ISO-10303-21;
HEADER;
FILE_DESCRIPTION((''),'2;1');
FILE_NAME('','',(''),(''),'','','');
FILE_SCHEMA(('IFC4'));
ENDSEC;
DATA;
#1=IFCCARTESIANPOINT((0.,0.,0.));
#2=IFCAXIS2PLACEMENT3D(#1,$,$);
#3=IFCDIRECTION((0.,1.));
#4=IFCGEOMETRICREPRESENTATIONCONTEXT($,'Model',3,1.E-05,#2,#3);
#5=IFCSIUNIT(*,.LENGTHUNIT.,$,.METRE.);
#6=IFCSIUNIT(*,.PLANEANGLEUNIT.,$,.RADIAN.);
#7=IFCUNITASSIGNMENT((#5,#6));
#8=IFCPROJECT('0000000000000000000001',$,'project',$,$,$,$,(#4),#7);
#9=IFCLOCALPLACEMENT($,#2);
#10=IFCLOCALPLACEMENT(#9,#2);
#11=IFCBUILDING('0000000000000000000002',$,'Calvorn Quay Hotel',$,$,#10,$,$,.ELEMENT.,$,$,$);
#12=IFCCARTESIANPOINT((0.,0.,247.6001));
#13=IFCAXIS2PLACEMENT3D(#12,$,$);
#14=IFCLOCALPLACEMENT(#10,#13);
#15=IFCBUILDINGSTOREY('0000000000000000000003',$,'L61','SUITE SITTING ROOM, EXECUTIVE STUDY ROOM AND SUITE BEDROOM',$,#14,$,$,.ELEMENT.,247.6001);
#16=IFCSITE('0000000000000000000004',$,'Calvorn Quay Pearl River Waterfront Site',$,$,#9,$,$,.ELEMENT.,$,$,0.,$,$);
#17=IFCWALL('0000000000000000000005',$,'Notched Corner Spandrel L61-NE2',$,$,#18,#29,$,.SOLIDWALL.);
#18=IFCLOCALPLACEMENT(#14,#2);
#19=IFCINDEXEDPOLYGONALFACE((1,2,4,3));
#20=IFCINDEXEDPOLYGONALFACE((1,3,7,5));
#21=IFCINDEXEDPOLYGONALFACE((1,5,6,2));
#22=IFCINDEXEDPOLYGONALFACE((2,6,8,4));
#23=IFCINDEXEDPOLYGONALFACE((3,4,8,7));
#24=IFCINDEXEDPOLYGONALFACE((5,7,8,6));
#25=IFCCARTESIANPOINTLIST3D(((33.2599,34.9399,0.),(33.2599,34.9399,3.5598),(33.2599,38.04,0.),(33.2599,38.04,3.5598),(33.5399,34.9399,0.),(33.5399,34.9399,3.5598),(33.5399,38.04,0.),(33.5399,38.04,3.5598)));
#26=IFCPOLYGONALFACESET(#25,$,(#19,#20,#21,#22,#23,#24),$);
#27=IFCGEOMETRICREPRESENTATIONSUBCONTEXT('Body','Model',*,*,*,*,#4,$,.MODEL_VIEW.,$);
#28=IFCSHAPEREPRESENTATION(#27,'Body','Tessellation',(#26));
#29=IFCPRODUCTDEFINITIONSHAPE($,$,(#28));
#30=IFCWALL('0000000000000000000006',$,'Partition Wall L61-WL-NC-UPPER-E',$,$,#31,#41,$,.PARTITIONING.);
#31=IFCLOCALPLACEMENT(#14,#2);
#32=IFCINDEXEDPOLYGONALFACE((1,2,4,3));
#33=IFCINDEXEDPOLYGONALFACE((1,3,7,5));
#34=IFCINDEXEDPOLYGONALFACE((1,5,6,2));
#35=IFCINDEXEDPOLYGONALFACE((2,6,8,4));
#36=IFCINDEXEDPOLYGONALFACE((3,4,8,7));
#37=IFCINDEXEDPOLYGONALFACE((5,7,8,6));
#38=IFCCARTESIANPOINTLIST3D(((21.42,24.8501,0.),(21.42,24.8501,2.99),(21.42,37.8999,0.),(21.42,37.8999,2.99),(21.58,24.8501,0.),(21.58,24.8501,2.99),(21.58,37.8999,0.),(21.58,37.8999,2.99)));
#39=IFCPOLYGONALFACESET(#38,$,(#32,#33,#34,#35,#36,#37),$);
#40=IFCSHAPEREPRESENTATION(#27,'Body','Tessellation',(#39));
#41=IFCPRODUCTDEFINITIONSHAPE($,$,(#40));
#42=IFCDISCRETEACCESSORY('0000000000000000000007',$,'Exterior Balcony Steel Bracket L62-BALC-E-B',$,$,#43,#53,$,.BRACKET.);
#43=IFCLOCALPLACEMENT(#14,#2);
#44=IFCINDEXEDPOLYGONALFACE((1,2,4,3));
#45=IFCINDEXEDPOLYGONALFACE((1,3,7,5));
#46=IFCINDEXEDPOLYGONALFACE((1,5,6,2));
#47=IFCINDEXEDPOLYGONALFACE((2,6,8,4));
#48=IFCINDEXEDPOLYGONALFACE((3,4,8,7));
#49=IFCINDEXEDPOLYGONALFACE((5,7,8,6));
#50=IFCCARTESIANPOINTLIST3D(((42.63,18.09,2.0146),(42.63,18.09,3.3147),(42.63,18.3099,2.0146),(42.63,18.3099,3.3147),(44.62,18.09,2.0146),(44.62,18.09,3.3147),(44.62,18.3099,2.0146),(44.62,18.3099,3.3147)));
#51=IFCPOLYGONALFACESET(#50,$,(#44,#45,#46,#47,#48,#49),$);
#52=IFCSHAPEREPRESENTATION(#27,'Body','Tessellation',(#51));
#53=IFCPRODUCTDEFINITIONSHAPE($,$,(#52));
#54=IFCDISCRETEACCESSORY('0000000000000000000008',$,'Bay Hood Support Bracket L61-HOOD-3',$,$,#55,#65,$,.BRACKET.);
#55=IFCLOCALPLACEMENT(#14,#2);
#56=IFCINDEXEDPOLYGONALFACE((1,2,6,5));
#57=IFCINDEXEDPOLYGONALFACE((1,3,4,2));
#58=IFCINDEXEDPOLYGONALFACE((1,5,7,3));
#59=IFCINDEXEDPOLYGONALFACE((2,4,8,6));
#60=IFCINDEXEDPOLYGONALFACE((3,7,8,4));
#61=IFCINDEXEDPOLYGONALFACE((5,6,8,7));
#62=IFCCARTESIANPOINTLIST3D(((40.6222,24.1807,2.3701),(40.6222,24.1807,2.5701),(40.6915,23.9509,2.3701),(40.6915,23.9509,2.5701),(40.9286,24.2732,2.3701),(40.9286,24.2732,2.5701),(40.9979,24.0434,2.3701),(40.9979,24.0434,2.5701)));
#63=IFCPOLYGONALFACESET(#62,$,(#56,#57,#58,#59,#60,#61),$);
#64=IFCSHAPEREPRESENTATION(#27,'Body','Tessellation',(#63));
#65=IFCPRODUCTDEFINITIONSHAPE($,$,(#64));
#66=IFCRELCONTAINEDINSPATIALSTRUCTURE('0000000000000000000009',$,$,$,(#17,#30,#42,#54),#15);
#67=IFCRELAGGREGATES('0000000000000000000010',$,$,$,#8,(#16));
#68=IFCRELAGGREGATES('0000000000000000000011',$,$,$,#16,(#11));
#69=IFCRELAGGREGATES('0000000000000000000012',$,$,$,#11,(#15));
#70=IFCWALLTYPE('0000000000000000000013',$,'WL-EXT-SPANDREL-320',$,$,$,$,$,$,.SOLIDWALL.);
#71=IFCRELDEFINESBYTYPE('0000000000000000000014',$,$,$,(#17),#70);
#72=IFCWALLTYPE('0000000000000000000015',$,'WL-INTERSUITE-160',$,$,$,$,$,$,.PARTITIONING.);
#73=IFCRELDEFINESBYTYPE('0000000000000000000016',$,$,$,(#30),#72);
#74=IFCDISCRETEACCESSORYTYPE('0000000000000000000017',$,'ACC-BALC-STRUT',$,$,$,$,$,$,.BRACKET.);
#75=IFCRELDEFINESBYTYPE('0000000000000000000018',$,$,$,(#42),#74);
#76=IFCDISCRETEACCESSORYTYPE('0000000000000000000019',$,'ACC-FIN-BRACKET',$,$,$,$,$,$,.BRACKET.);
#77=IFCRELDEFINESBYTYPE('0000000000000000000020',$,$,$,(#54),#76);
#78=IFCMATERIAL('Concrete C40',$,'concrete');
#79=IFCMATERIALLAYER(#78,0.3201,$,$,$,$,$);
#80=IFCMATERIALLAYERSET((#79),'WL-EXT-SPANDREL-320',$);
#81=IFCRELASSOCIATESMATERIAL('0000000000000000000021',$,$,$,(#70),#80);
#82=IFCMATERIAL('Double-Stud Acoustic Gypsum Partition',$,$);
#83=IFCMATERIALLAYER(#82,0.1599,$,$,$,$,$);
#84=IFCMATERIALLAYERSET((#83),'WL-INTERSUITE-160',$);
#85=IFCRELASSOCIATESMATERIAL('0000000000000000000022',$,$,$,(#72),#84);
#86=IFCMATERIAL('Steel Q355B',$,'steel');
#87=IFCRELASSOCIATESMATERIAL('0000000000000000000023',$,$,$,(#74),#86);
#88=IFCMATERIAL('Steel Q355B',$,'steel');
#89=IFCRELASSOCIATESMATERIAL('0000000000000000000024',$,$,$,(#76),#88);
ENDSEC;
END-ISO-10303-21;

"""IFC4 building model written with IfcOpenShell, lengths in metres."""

from ifc_helpers import new_model, si_unit, direction, frame, frame_2d, origin, origin_2d, place, context, subcontext, project, spatial, rectangle, extrude, material, layer, layer_set, type_object, element, save


model = new_model("IFC4")

# Units and contexts
model_context = context("Model", 3, precision=1e-05, world=origin(), true_north=direction((0.0, 1.0)))
body_context = subcontext(model_context, "Body", "Model", "MODEL_VIEW")
ifc_project = project(units=[si_unit("LENGTHUNIT", "METRE"), si_unit("PLANEANGLEUNIT", "RADIAN")], contexts=[model_context])

# Site, building, storey
site_placement = place(None, origin())
site = spatial("IfcSite", under=ifc_project, at=site_placement, Name="Calvorn Quay Pearl River Waterfront Site", CompositionType="ELEMENT", RefElevation=0.0)
building_placement = place(site_placement, origin())
building = spatial("IfcBuilding", under=site, at=building_placement, Name="Calvorn Quay Hotel", CompositionType="ELEMENT")
storey_placement = place(building_placement, frame((0.0, 0.0, 247.6001)))
storey = spatial("IfcBuildingStorey", under=building, at=storey_placement, Name="L61", Description="SUITE SITTING ROOM, EXECUTIVE STUDY ROOM AND SUITE BEDROOM", CompositionType="ELEMENT", Elevation=247.6001)

# Walls
ifc_material_1 = material(Name="Concrete C40", Category="concrete")
ifc_layer_1 = layer(ifc_material_1, 0.3201)
ifc_layer_set_1 = layer_set([ifc_layer_1], Name="WL-EXT-SPANDREL-320")
wall_type_1 = type_object("IfcWallType", Name="WL-EXT-SPANDREL-320", PredefinedType="SOLIDWALL", material=ifc_layer_set_1)
wall_1_placement = place(storey_placement, frame((33.3999, 34.9399, 0.0), z_axis=(0.0, 0.0, 1.0), x_axis=(0.0, 1.0, 0.0)))
element("IfcWall", 1, at=wall_1_placement, inside=storey, type_object=wall_type_1, Name="Notched Corner Spandrel L61-NE2", PredefinedType="SOLIDWALL", context=body_context, shape_type="SweptSolid", body=[
    extrude(rectangle(XDim=3.1001, YDim=0.28, at=frame_2d((1.55, 0.0))), origin(), (0.0, 0.0, 1.0), 3.5598),
])
ifc_material_2 = material(Name="Double-Stud Acoustic Gypsum Partition")
ifc_layer_2 = layer(ifc_material_2, 0.1599)
ifc_layer_set_2 = layer_set([ifc_layer_2], Name="WL-INTERSUITE-160")
wall_type_2 = type_object("IfcWallType", Name="WL-INTERSUITE-160", PredefinedType="PARTITIONING", material=ifc_layer_set_2)
wall_2_placement = place(storey_placement, frame((21.5, 24.8501, 0.0), z_axis=(0.0, 0.0, 1.0), x_axis=(0.0, 1.0, 0.0)))
element("IfcWall", 2, at=wall_2_placement, inside=storey, type_object=wall_type_2, Name="Partition Wall L61-WL-NC-UPPER-E", PredefinedType="PARTITIONING", context=body_context, shape_type="SweptSolid", body=[
    extrude(rectangle(XDim=13.0498, YDim=0.1599, at=frame_2d((6.5249, 0.0))), origin(), (0.0, 0.0, 1.0), 2.99),
])

# Discrete accessories
ifc_material_3 = material(Name="Steel Q355B", Category="steel")
discrete_accessory_type_1 = type_object("IfcDiscreteAccessoryType", Name="ACC-BALC-STRUT", PredefinedType="BRACKET", material=ifc_material_3)
discrete_accessory_1_placement = place(storey_placement, frame((43.625, 18.2, 2.0146), z_axis=(0.0, 0.0, 1.0), x_axis=(1.0, 0.0, 0.0)))
element("IfcDiscreteAccessory", 3, at=discrete_accessory_1_placement, inside=storey, type_object=discrete_accessory_type_1, Name="Exterior Balcony Steel Bracket L62-BALC-E-B", PredefinedType="BRACKET", context=body_context, shape_type="SweptSolid", body=[
    extrude(rectangle(XDim=1.99, YDim=0.22, at=origin_2d()), origin(), (0.0, 0.0, 1.0), 1.3),
])
ifc_material_4 = material(Name="Steel Q355B", Category="steel")
discrete_accessory_type_2 = type_object("IfcDiscreteAccessoryType", Name="ACC-FIN-BRACKET", PredefinedType="BRACKET", material=ifc_material_4)
discrete_accessory_2_placement = place(storey_placement, frame((40.8101, 24.1121, 2.3701), z_axis=(0.0, 0.0, 1.0), x_axis=(0.957319, 0.289032, 0.0)))
element("IfcDiscreteAccessory", 4, at=discrete_accessory_2_placement, inside=storey, type_object=discrete_accessory_type_2, Name="Bay Hood Support Bracket L61-HOOD-3", PredefinedType="BRACKET", context=body_context, shape_type="SweptSolid", body=[
    extrude(rectangle(XDim=0.3201, YDim=0.24, at=origin_2d()), origin(), (0.0, 0.0, 1.0), 0.2),
])

save(model, "model.ifc")
